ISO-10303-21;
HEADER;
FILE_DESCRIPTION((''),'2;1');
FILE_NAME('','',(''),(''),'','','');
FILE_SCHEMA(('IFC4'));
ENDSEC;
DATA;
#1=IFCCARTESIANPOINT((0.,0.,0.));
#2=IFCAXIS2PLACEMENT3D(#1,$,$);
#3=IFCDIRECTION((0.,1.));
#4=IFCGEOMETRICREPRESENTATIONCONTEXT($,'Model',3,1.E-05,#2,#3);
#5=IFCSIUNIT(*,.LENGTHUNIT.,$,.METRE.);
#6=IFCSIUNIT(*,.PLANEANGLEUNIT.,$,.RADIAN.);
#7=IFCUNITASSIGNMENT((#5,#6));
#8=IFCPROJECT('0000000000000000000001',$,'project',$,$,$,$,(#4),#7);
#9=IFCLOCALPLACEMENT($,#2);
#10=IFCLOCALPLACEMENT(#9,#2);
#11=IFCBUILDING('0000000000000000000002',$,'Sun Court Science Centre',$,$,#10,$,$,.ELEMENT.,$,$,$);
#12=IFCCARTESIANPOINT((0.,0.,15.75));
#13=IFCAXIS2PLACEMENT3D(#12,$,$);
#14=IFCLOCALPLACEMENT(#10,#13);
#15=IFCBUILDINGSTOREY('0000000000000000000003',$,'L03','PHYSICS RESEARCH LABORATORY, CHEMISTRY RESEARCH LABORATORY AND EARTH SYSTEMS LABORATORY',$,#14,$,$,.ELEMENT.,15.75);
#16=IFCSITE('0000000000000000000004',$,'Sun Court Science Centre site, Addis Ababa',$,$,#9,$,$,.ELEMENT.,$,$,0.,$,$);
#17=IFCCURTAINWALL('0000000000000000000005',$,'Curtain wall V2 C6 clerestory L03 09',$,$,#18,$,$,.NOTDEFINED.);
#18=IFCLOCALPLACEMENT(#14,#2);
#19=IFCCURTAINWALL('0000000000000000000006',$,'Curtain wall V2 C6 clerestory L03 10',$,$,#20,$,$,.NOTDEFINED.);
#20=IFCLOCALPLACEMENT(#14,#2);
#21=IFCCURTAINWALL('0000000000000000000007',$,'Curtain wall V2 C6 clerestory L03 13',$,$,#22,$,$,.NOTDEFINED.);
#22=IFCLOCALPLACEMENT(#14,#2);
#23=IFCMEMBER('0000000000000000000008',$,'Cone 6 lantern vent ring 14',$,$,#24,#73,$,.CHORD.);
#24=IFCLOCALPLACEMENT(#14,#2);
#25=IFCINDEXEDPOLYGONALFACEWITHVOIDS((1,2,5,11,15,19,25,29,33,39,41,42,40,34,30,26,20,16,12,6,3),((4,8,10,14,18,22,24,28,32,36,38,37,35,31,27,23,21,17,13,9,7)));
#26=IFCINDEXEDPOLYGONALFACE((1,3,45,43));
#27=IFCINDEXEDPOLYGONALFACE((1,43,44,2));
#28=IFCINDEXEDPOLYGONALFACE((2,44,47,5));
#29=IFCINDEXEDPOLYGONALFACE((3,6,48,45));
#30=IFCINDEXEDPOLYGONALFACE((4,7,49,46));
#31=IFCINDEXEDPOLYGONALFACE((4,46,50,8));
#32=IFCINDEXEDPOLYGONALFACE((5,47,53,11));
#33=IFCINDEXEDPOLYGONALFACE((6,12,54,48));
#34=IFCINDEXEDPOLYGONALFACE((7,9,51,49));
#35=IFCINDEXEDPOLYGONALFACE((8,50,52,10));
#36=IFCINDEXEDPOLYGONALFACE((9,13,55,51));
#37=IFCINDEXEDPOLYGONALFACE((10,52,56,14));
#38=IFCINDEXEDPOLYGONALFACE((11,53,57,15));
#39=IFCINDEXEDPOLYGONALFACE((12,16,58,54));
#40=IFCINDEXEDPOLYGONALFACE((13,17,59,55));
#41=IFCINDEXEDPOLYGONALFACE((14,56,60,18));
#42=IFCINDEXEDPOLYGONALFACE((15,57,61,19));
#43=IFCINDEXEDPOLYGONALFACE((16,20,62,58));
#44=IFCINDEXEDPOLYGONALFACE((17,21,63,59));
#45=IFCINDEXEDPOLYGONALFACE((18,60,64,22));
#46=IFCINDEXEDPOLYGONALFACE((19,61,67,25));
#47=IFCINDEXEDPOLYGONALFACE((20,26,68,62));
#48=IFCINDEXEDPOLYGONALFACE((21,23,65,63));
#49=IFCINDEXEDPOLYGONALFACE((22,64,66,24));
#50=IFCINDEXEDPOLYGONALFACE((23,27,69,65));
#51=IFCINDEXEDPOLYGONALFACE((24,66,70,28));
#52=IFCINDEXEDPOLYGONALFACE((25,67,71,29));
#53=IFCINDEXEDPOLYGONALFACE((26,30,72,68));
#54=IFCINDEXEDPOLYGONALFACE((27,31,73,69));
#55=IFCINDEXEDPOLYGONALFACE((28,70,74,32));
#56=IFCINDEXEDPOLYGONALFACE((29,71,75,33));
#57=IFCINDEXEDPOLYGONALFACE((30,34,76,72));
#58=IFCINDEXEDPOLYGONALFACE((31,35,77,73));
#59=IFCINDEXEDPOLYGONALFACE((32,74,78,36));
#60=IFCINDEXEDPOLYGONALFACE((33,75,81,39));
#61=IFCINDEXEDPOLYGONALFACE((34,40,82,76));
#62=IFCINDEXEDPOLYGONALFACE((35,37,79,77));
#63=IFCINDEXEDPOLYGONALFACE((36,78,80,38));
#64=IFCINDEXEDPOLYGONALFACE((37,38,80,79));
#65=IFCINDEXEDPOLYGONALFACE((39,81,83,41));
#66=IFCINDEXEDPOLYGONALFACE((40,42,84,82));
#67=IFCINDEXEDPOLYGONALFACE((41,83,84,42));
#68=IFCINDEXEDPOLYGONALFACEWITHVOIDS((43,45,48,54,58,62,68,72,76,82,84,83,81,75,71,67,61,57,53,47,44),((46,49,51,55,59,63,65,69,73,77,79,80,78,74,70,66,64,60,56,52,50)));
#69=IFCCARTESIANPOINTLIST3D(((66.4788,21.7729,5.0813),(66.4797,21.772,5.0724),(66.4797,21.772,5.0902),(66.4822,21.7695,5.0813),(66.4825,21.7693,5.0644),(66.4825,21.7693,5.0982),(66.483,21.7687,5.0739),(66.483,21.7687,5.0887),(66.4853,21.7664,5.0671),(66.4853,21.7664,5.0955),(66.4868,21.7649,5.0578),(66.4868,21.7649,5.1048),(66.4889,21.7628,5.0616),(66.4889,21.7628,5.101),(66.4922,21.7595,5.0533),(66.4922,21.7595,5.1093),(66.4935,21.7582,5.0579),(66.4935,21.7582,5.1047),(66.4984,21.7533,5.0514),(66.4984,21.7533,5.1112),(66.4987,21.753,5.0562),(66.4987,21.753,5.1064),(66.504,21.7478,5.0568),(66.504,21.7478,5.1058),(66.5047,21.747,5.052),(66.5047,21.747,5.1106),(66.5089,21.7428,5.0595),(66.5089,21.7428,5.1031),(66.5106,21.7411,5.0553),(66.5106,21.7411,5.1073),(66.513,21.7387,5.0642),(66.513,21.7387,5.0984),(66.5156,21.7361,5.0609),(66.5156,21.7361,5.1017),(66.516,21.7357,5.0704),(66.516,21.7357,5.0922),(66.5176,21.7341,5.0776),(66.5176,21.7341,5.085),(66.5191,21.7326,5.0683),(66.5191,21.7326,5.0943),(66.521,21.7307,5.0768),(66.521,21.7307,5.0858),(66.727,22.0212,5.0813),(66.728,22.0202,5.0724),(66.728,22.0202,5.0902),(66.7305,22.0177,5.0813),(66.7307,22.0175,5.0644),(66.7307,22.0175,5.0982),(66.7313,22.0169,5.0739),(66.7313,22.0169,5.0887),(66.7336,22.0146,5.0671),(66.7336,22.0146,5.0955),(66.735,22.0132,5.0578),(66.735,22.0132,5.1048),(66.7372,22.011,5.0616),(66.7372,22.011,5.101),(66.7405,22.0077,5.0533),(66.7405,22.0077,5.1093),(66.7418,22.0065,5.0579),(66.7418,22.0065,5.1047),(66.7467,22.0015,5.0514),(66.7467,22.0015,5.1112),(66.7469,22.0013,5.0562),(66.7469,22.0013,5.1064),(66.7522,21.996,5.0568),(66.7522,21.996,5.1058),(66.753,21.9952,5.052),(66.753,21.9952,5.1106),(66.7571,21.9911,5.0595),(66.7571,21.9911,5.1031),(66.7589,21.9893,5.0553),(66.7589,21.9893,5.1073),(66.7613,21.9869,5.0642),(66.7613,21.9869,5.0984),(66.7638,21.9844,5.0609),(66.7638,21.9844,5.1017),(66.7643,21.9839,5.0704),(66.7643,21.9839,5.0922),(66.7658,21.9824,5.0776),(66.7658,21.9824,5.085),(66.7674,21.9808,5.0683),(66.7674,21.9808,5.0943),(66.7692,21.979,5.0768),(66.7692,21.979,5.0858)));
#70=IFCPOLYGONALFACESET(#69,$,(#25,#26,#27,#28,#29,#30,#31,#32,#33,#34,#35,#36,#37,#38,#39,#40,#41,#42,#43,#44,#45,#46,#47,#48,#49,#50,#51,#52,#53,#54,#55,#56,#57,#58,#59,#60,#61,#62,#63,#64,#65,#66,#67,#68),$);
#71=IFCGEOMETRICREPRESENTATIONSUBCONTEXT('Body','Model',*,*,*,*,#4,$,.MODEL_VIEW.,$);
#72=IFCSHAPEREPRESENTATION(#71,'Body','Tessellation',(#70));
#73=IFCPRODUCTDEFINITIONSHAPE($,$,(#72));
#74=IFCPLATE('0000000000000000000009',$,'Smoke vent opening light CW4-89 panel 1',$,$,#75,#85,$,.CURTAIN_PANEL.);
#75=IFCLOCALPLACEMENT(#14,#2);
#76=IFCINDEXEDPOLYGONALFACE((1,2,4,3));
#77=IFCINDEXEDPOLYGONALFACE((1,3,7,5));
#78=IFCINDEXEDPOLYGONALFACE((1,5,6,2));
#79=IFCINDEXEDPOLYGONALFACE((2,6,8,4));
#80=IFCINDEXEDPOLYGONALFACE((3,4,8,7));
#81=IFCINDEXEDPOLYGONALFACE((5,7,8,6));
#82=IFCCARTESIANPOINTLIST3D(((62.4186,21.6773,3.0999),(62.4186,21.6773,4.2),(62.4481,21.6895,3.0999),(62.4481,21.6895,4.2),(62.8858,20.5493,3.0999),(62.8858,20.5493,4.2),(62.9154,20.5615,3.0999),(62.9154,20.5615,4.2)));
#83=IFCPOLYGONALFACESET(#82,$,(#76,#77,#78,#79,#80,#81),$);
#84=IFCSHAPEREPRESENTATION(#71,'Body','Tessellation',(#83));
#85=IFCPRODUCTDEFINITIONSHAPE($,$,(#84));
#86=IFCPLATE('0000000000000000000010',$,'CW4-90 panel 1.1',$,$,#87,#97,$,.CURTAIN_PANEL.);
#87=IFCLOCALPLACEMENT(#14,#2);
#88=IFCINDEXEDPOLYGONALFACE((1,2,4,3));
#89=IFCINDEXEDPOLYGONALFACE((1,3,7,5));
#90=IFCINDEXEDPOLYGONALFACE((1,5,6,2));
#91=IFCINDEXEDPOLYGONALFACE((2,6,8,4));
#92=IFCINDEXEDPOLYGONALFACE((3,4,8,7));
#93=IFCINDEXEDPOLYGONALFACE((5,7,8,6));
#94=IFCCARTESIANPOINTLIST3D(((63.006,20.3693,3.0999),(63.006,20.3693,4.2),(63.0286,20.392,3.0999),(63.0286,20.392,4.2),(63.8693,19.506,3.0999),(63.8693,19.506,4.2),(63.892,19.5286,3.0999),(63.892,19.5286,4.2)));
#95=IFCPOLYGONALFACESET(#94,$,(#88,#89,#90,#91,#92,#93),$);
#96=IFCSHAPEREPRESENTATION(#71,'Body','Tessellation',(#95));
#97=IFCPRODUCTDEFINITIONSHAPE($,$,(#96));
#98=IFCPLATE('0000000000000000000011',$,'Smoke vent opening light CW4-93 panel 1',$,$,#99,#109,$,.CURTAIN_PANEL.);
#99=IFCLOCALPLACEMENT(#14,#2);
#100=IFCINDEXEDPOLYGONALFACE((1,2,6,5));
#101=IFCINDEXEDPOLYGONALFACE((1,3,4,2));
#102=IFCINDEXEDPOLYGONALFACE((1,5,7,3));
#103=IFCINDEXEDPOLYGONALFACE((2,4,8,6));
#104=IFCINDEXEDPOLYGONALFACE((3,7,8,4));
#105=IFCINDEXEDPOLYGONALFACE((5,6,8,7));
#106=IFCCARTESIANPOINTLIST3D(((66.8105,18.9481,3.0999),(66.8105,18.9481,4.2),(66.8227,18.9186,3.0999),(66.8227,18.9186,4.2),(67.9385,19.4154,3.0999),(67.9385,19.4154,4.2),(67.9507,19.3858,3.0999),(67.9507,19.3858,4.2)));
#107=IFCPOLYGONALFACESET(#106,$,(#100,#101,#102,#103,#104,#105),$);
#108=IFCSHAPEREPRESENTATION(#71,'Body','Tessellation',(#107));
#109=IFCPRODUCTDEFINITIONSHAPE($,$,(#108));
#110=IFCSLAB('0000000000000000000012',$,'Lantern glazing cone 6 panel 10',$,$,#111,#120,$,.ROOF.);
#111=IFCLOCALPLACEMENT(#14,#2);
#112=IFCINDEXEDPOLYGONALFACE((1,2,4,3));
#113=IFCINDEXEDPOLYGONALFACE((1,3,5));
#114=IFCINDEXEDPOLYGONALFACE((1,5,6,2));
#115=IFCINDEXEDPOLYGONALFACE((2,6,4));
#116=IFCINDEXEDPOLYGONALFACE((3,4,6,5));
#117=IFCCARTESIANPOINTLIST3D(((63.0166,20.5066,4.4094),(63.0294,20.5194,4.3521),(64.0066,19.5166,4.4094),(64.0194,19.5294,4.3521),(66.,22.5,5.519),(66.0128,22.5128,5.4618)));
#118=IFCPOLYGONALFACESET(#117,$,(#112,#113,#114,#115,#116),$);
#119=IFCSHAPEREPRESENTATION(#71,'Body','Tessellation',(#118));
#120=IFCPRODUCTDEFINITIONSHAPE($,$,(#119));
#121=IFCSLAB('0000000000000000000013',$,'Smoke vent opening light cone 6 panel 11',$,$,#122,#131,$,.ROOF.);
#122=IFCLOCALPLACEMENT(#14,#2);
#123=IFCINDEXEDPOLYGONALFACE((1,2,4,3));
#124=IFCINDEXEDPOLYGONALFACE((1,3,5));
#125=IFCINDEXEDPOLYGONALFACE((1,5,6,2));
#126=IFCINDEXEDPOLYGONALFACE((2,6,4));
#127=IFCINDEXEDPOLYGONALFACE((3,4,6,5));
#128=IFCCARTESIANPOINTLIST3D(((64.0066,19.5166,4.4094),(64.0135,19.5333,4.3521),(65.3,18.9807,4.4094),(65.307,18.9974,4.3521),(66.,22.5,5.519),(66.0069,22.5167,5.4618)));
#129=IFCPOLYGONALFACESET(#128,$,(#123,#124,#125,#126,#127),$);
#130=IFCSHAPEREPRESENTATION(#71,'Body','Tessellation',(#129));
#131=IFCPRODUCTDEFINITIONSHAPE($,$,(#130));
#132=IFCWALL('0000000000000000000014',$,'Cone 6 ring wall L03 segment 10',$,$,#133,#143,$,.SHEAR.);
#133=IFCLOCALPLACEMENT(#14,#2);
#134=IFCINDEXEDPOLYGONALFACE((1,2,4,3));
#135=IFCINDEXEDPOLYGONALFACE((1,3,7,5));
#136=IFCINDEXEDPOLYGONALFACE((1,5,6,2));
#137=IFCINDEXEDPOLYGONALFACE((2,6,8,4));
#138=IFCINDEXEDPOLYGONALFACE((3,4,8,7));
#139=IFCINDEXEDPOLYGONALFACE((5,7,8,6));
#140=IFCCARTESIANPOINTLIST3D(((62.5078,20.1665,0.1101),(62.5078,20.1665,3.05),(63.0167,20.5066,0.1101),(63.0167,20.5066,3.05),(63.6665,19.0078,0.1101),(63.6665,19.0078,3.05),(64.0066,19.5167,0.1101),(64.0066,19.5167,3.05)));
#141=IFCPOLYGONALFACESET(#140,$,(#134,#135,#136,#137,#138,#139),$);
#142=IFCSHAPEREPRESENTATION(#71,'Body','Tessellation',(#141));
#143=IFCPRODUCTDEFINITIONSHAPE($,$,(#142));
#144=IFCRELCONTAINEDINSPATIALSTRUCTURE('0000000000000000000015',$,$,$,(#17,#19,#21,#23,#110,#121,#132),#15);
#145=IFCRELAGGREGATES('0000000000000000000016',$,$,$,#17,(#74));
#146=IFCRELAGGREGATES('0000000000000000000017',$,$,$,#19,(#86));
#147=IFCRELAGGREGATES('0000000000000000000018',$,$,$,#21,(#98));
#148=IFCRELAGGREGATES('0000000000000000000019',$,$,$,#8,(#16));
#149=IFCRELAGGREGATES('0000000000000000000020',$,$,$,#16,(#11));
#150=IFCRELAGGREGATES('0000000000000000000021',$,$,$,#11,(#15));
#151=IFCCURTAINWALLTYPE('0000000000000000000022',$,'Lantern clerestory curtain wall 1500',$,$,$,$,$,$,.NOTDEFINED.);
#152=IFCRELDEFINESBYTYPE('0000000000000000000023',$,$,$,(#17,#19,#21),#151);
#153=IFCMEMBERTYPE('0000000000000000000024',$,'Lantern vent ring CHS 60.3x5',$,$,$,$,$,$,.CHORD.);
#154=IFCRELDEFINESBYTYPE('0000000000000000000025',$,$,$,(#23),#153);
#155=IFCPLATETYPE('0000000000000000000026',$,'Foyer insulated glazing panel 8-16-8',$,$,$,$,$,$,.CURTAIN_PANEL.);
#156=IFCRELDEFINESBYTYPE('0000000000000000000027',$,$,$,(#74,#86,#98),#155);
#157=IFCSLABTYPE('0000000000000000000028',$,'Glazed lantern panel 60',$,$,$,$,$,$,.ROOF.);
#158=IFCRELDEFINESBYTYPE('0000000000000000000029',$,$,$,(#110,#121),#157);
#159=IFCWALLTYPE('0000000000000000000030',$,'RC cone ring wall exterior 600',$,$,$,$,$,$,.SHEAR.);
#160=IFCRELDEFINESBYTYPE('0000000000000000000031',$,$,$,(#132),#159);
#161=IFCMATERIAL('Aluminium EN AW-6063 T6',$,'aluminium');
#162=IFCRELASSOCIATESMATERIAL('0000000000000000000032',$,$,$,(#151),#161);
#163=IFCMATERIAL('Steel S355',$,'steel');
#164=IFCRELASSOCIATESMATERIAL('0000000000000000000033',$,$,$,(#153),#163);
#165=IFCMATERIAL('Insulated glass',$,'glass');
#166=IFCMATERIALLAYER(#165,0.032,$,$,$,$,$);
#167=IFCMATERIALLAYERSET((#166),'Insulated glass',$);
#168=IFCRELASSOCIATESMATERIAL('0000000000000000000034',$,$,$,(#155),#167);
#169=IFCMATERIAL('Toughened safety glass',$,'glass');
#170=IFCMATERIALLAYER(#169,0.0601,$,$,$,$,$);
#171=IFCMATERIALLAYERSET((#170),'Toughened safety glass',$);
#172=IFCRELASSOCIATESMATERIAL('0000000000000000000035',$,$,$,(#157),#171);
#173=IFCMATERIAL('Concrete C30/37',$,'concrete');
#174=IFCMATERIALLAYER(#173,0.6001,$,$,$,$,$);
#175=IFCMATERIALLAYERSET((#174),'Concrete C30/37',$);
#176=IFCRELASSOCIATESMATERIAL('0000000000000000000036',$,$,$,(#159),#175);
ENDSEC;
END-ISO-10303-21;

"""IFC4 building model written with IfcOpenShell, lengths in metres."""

from ifc_helpers import new_model, si_unit, direction, frame, origin, origin_2d, place, context, subcontext, project, spatial, polyline, rectangle, hollow_circle, outline, extrude, material, layer, layer_set, material_profile, profile_set, type_object, element, aggregate, save


model = new_model("IFC4")

# Units and contexts
model_context = context("Model", 3, precision=1e-05, world=origin(), true_north=direction((0.0, 1.0)))
body_context = subcontext(model_context, "Body", "Model", "MODEL_VIEW")
ifc_project = project(units=[si_unit("LENGTHUNIT", "METRE"), si_unit("PLANEANGLEUNIT", "RADIAN")], contexts=[model_context])

# Site, building, storey
site_placement = place(None, origin())
site = spatial("IfcSite", under=ifc_project, at=site_placement, Name="Sun Court Science Centre site, Addis Ababa", CompositionType="ELEMENT", RefElevation=0.0)
building_placement = place(site_placement, origin())
building = spatial("IfcBuilding", under=site, at=building_placement, Name="Sun Court Science Centre", CompositionType="ELEMENT")
storey_placement = place(building_placement, frame((0.0, 0.0, 15.75)))
storey = spatial("IfcBuildingStorey", under=building, at=storey_placement, Name="L03", Description="PHYSICS RESEARCH LABORATORY, CHEMISTRY RESEARCH LABORATORY AND EARTH SYSTEMS LABORATORY", CompositionType="ELEMENT", Elevation=15.75)

# Curtain walls
ifc_material_1 = material(Name="Aluminium EN AW-6063 T6", Category="aluminium")
curtain_wall_type = type_object("IfcCurtainWallType", Name="Lantern clerestory curtain wall 1500", PredefinedType="NOTDEFINED", material=ifc_material_1)
curtain_wall_1_placement = place(storey_placement, origin())
curtain_wall_1 = element("IfcCurtainWall", 1, at=curtain_wall_1_placement, inside=storey, type_object=curtain_wall_type, Name="Curtain wall V2 C6 clerestory L03 09", PredefinedType="NOTDEFINED")
curtain_wall_2_placement = place(storey_placement, origin())
curtain_wall_2 = element("IfcCurtainWall", 2, at=curtain_wall_2_placement, inside=storey, type_object=curtain_wall_type, Name="Curtain wall V2 C6 clerestory L03 10", PredefinedType="NOTDEFINED")

# Curtain wall
curtain_wall_3_placement = place(storey_placement, origin())
curtain_wall_3 = element("IfcCurtainWall", 3, at=curtain_wall_3_placement, inside=storey, type_object=curtain_wall_type, Name="Curtain wall V2 C6 clerestory L03 13", PredefinedType="NOTDEFINED")

# Member
ifc_material_2 = material(Name="Steel S355", Category="steel")
ifc_material_profile_1 = material_profile(ifc_material_2, hollow_circle(Radius=0.03, WallThickness=0.0049, at=origin_2d()), Name="CHS 60.3x5")
ifc_profile_set_1 = profile_set([ifc_material_profile_1], Name="Steel S355")
member_type_1 = type_object("IfcMemberType", Name="Lantern vent ring CHS 60.3x5", PredefinedType="CHORD", material=ifc_profile_set_1)
member_1_placement = place(storey_placement, frame((66.5, 21.7517, 5.0813), z_axis=(0.707107, 0.707107, 0.0), x_axis=(-0.707107, 0.707107, 0.0)))
element("IfcMember", 4, at=member_1_placement, inside=storey, type_object=member_type_1, Name="Cone 6 lantern vent ring 14", PredefinedType="CHORD", context=body_context, shape_type="SweptSolid", body=[
    extrude(hollow_circle(Radius=0.03, WallThickness=0.0049, at=origin_2d()), origin(), (0.0, 0.0, 1.0), 0.3511),
])

# Plates
ifc_material_3 = material(Name="Insulated glass", Category="glass")
ifc_layer_1 = layer(ifc_material_3, 0.032)
ifc_layer_set_1 = layer_set([ifc_layer_1], Name="Insulated glass")
plate_type = type_object("IfcPlateType", Name="Foyer insulated glazing panel 8-16-8", PredefinedType="CURTAIN_PANEL", material=ifc_layer_set_1)
plate_1_placement = place(storey_placement, frame((62.667, 21.1194, 3.0999), z_axis=(0.0, 0.0, 1.0), x_axis=(-0.382683, 0.92388, 0.0)))
plate_1 = element("IfcPlate", 5, at=plate_1_placement, type_object=plate_type, Name="Smoke vent opening light CW4-89 panel 1", PredefinedType="CURTAIN_PANEL", context=body_context, shape_type="SweptSolid", body=[
    extrude(rectangle(XDim=1.2209, YDim=0.032, at=origin_2d()), origin(), (0.0, 0.0, 1.0), 1.1001),
])
aggregate(curtain_wall_1, [plate_1])
plate_2_placement = place(storey_placement, frame((63.449, 19.949, 3.0999), z_axis=(0.0, 0.0, 1.0), x_axis=(-0.707107, 0.707107, 0.0)))
plate_2 = element("IfcPlate", 6, at=plate_2_placement, type_object=plate_type, Name="CW4-90 panel 1.1", PredefinedType="CURTAIN_PANEL", context=body_context, shape_type="SweptSolid", body=[
    extrude(rectangle(XDim=1.2209, YDim=0.032, at=origin_2d()), origin(), (0.0, 0.0, 1.0), 1.1001),
])
aggregate(curtain_wall_2, [plate_2])
plate_3_placement = place(storey_placement, frame((67.3806, 19.167, 3.0999), z_axis=(0.0, 0.0, 1.0), x_axis=(-0.92388, -0.382683, 0.0)))
plate_3 = element("IfcPlate", 7, at=plate_3_placement, type_object=plate_type, Name="Smoke vent opening light CW4-93 panel 1", PredefinedType="CURTAIN_PANEL", context=body_context, shape_type="SweptSolid", body=[
    extrude(rectangle(XDim=1.2209, YDim=0.032, at=origin_2d()), origin(), (0.0, 0.0, 1.0), 1.1001),
])
aggregate(curtain_wall_3, [plate_3])

# Slabs
ifc_material_4 = material(Name="Toughened safety glass", Category="glass")
ifc_layer_2 = layer(ifc_material_4, 0.0601)
ifc_layer_set_2 = layer_set([ifc_layer_2], Name="Toughened safety glass")
slab_type = type_object("IfcSlabType", Name="Glazed lantern panel 60", PredefinedType="ROOF", material=ifc_layer_set_2)
slab_1_placement = place(storey_placement, frame((63.0166, 20.5066, 4.4094), z_axis=(-0.212638, -0.212638, 0.953714), x_axis=(0.707107, -0.707107, 0.0)))
element("IfcSlab", 8, at=slab_1_placement, inside=storey, type_object=slab_type, Name="Lantern glazing cone 6 panel 10", PredefinedType="ROOF", context=body_context, shape_type="SweptSolid", body=[
    extrude(outline(polyline([(0.0, 0.0), (1.4001, 0.0), (0.7, 3.6899), (0.0, 0.0)])), origin(), (0.0, 0.0, -1.0), 0.0601),
])
slab_2_placement = place(storey_placement, frame((64.0066, 19.5166, 4.4094), z_axis=(-0.115099, -0.277811, 0.953715), x_axis=(0.923849, -0.382757, 0.0)))
element("IfcSlab", 9, at=slab_2_placement, inside=storey, type_object=slab_type, Name="Smoke vent opening light cone 6 panel 11", PredefinedType="ROOF", context=body_context, shape_type="SweptSolid", body=[
    extrude(outline(polyline([(0.0, 0.0), (1.4001, 0.0), (0.6997, 3.69), (0.0, 0.0)])), origin(), (0.0, 0.0, -1.0), 0.0601),
])

# Wall
ifc_material_5 = material(Name="Concrete C30/37", Category="concrete")
ifc_layer_3 = layer(ifc_material_5, 0.6001)
ifc_layer_set_3 = layer_set([ifc_layer_3], Name="Concrete C30/37")
wall_type = type_object("IfcWallType", Name="RC cone ring wall exterior 600", PredefinedType="SHEAR", material=ifc_layer_set_3)
wall_1_placement = place(storey_placement, frame((62.72, 20.3787, 0.1101), z_axis=(0.0, 0.0, 1.0), x_axis=(0.707107, -0.707107, 0.0)))
element("IfcWall", 10, at=wall_1_placement, inside=storey, type_object=wall_type, Name="Cone 6 ring wall L03 segment 10", PredefinedType="SHEAR", context=body_context, shape_type="SweptSolid", body=[
    extrude(outline(polyline([(0.0, -0.3), (1.6387, -0.3), (1.5193, 0.3003), (0.1194, 0.3003), (0.0, -0.3)])), origin(), (0.0, 0.0, 1.0), 2.9399),
])

save(model, "model.ifc")
